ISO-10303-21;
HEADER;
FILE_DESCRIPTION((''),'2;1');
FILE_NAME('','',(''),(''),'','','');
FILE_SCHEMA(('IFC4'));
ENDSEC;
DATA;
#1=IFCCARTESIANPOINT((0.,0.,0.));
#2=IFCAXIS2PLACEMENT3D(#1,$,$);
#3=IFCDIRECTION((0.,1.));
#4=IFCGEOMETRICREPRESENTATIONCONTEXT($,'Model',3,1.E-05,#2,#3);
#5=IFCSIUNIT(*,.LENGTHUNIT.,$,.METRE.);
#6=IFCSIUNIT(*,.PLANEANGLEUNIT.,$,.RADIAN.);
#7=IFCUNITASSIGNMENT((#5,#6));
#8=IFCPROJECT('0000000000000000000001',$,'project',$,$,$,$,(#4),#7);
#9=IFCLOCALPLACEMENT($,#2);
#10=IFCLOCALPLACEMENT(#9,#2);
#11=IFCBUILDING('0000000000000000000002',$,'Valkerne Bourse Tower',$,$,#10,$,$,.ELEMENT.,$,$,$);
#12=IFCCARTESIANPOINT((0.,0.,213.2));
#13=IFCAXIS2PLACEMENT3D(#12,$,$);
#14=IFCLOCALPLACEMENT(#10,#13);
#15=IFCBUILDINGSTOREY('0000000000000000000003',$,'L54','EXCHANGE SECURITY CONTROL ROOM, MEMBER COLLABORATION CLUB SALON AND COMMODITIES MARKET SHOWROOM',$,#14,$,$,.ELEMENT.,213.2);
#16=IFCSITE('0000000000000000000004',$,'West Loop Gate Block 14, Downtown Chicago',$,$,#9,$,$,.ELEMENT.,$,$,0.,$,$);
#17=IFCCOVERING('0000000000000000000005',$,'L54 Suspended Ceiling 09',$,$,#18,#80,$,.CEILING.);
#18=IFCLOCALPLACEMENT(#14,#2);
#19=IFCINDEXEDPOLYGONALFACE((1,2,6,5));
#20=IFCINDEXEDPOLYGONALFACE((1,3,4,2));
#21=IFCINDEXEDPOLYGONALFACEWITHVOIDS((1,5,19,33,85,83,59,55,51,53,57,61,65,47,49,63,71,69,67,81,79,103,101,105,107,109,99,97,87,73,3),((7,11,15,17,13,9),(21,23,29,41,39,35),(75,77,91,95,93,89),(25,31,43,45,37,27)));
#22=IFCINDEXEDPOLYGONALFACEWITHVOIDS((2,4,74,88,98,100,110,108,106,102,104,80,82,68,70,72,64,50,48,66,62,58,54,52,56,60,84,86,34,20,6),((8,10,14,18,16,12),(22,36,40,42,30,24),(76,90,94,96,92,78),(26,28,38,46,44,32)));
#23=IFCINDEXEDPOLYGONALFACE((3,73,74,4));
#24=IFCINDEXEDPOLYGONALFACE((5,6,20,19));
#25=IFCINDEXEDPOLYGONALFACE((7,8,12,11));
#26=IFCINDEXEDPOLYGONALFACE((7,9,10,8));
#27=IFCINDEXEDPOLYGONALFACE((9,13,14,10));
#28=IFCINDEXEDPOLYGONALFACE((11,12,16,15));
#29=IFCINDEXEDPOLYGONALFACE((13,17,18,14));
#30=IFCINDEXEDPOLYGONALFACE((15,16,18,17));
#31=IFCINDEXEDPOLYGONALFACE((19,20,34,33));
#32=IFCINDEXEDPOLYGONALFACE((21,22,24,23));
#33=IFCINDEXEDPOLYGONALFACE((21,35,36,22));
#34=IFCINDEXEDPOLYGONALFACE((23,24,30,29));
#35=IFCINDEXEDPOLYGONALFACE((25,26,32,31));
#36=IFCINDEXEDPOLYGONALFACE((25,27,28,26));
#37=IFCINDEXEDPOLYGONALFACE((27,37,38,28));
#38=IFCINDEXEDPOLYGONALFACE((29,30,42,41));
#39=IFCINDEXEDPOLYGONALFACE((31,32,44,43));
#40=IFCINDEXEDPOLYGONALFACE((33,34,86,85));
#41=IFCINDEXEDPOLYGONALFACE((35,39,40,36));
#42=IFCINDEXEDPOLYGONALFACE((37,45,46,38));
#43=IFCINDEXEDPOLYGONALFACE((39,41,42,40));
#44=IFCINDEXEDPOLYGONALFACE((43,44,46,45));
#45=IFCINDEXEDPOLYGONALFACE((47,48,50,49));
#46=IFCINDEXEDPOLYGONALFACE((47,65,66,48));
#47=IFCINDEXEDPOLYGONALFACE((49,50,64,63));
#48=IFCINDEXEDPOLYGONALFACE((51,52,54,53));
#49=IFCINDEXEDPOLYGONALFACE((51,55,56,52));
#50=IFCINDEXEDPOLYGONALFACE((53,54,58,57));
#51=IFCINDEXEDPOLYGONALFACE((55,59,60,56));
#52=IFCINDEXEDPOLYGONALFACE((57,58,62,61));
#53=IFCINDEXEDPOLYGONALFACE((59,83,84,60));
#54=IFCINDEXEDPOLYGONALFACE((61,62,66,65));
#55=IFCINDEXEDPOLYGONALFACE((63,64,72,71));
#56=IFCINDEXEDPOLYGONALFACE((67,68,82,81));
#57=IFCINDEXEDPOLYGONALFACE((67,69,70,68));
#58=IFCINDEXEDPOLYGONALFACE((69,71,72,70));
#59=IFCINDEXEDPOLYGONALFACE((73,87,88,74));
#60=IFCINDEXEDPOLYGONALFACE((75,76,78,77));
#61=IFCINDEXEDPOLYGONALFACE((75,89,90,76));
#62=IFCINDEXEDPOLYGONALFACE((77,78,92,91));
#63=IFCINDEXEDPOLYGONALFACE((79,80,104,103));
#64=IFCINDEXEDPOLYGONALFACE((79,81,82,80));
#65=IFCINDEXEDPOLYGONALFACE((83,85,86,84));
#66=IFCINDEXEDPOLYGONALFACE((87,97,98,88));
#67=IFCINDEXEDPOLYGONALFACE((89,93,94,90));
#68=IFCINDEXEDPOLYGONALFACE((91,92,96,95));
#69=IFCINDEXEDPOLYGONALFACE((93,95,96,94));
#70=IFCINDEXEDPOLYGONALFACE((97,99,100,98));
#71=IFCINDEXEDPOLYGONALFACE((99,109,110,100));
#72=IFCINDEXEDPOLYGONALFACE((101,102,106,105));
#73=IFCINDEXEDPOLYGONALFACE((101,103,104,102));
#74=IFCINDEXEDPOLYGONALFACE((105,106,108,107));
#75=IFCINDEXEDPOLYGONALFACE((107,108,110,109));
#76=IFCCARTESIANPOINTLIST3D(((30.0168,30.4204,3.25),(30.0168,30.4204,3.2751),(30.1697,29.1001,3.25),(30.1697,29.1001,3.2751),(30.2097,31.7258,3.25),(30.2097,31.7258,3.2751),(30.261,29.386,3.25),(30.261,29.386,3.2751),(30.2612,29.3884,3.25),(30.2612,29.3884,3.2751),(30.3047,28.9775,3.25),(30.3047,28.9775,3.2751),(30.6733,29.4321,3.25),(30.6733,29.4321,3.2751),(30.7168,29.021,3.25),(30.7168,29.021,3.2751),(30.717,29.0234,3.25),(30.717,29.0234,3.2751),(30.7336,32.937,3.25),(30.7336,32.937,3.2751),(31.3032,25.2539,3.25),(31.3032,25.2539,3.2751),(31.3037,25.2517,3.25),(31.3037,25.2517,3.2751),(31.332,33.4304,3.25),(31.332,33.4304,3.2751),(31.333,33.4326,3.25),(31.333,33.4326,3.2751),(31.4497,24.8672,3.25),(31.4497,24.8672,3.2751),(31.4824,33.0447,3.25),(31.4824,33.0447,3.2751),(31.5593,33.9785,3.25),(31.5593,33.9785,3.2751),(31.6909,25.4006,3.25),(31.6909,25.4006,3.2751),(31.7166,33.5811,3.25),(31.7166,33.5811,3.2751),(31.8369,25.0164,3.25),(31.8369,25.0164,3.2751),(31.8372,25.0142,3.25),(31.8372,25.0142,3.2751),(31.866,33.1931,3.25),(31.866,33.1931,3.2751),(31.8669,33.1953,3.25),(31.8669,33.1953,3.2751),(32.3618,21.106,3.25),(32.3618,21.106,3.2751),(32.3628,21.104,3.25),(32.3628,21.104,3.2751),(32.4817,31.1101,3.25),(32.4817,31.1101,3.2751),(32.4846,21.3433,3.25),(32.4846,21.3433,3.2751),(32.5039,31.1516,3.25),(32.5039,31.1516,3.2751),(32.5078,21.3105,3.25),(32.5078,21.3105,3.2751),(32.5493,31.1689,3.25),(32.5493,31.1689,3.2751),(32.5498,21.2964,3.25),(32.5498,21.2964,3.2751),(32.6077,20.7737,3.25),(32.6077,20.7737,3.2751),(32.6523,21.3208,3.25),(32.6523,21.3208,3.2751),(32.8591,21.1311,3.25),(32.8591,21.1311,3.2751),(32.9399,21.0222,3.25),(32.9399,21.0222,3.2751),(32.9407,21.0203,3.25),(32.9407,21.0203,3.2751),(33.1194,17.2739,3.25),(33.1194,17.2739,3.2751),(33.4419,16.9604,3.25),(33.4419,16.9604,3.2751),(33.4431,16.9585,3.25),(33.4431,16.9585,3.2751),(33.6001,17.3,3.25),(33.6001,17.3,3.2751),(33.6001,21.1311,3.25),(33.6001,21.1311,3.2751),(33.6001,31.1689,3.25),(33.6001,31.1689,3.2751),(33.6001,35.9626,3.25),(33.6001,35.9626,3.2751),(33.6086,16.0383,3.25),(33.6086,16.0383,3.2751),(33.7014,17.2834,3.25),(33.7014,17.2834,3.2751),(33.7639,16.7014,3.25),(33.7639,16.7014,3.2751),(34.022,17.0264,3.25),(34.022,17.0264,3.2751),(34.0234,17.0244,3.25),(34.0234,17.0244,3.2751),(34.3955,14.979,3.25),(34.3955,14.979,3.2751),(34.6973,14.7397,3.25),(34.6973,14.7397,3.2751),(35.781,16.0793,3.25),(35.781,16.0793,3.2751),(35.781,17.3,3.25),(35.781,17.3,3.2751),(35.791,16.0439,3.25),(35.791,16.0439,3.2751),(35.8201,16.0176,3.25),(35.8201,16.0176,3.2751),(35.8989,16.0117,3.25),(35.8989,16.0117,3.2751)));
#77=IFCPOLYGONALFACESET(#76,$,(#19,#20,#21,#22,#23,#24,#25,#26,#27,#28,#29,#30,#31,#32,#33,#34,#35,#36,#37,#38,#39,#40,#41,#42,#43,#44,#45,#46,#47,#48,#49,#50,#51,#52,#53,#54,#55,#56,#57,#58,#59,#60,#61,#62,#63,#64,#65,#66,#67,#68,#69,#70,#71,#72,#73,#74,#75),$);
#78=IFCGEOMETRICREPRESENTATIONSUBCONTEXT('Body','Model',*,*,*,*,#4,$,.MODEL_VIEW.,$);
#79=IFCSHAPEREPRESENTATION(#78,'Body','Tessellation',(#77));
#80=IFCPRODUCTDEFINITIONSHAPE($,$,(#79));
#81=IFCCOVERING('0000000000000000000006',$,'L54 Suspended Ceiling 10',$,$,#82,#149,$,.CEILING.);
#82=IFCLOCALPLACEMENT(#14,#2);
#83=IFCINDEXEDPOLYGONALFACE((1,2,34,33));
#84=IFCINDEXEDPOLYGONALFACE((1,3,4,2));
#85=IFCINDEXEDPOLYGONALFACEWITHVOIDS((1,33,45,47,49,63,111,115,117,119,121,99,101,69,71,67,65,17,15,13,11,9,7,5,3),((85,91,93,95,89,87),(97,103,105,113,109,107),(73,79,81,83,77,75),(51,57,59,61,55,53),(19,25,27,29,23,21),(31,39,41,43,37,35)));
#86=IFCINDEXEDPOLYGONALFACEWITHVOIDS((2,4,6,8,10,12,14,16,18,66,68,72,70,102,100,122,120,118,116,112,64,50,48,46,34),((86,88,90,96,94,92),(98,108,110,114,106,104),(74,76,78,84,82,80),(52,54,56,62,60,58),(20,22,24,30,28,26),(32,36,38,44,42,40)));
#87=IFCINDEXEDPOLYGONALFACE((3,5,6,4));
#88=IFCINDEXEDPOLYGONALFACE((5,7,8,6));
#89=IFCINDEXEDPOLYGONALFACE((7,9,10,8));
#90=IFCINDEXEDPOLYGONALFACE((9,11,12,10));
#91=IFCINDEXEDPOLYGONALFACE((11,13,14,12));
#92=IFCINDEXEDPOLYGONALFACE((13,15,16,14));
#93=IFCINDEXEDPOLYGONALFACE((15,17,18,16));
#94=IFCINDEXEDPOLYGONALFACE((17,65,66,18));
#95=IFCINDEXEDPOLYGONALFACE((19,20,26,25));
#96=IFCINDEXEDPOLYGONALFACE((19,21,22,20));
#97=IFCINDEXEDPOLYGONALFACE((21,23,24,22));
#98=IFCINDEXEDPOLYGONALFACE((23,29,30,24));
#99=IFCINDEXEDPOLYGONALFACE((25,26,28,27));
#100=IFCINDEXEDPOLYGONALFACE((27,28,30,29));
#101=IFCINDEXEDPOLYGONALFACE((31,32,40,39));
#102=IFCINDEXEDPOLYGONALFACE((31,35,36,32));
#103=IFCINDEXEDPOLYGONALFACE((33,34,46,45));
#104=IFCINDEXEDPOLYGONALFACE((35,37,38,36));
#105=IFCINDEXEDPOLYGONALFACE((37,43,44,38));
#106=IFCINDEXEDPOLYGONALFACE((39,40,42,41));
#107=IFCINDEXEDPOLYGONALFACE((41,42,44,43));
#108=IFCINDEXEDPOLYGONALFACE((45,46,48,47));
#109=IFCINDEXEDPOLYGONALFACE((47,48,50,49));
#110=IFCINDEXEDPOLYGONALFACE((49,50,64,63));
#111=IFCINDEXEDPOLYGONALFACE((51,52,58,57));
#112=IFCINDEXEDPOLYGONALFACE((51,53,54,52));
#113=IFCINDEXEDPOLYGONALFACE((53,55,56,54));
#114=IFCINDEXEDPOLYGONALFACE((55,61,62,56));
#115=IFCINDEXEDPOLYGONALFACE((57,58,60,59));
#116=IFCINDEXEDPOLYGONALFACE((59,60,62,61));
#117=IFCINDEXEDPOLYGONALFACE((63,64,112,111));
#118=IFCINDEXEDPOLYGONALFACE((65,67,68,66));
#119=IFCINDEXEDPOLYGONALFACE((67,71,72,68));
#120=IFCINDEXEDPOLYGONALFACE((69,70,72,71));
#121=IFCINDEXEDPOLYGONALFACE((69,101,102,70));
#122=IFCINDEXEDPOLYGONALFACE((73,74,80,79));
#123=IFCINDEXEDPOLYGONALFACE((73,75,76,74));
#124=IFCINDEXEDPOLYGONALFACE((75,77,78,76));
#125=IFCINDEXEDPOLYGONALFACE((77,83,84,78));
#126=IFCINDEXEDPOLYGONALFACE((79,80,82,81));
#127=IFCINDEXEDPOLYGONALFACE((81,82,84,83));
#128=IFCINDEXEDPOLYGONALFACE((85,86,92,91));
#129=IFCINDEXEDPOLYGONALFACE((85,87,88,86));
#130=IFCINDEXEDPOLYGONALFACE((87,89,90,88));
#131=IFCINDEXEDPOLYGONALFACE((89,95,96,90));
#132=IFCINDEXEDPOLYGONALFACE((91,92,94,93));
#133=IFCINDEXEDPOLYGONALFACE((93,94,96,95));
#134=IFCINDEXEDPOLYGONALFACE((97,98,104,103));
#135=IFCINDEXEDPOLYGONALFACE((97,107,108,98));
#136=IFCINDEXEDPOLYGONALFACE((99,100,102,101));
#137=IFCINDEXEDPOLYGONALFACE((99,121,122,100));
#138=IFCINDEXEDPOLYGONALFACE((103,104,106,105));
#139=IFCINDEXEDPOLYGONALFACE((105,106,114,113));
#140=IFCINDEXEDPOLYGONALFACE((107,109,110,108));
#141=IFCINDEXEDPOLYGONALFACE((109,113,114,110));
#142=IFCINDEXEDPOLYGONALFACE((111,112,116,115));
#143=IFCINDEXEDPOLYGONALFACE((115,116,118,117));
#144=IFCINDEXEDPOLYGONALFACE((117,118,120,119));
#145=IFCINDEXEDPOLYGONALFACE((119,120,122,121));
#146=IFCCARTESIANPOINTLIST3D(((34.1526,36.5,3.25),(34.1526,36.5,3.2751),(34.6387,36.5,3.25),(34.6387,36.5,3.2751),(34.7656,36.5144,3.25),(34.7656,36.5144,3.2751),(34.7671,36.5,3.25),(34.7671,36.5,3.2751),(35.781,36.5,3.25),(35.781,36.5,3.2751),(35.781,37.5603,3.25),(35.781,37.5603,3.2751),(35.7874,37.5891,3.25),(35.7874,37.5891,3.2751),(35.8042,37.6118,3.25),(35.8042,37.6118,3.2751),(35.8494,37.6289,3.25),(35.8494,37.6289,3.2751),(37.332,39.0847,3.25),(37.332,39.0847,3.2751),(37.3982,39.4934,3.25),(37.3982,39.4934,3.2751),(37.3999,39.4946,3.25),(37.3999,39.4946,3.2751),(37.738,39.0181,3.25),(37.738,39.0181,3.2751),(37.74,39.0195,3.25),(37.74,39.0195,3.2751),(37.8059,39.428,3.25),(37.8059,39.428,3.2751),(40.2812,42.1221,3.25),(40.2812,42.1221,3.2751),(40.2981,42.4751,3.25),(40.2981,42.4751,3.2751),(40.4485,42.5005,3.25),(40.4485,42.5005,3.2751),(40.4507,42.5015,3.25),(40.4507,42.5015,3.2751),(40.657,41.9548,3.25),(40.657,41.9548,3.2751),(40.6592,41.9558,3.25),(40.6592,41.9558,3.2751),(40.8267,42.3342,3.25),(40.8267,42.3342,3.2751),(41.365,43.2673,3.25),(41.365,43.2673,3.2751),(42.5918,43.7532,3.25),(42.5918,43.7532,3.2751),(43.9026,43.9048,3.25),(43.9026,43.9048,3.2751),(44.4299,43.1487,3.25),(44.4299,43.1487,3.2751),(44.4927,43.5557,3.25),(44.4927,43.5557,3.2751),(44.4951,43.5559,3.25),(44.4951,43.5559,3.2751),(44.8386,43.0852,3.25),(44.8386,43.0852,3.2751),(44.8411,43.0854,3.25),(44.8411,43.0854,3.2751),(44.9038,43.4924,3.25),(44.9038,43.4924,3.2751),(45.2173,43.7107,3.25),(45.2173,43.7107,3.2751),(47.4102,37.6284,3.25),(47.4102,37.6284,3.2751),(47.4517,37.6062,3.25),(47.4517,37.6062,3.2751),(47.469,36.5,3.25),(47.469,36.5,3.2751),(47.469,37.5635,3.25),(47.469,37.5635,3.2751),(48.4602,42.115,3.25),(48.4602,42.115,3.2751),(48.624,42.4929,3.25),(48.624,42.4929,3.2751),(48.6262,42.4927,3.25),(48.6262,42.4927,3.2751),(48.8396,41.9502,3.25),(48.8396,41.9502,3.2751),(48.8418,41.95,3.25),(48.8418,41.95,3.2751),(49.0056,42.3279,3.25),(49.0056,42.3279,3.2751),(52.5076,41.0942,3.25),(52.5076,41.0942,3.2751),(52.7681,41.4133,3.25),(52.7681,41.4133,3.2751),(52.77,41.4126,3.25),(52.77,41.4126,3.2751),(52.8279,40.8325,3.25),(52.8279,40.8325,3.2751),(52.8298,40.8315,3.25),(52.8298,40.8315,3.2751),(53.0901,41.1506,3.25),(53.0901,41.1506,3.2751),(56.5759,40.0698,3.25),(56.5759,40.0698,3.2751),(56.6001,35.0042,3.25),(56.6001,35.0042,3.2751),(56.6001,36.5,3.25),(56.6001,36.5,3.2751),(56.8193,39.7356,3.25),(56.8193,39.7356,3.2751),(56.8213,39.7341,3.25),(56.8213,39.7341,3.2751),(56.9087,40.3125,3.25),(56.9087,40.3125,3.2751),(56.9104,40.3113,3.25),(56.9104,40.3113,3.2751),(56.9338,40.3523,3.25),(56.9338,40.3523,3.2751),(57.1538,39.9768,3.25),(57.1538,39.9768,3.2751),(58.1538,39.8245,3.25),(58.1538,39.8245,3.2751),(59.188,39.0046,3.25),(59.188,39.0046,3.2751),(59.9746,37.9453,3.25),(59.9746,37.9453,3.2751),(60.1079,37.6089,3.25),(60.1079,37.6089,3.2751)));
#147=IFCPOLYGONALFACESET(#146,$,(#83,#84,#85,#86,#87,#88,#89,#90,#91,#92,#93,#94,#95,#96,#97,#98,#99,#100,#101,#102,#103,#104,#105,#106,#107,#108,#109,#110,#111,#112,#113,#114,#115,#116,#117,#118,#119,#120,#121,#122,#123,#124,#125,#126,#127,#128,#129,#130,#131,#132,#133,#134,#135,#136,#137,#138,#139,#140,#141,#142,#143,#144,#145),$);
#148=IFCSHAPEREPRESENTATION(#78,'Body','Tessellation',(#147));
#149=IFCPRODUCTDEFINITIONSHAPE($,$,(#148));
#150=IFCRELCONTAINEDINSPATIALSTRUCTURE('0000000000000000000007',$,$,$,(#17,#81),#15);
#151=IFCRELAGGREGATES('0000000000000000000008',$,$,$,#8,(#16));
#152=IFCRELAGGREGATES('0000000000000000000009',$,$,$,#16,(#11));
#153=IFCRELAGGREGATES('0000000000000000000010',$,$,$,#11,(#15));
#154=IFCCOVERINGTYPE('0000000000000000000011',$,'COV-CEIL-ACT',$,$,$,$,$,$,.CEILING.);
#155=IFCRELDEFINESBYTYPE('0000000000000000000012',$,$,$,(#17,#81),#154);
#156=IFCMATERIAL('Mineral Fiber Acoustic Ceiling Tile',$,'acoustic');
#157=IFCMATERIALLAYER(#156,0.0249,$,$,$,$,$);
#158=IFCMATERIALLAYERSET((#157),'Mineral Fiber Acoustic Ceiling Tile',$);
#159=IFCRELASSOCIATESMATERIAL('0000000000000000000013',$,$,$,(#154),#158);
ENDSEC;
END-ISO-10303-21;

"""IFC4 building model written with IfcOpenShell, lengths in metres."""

from ifc_helpers import new_model, si_unit, direction, frame, origin, place, context, subcontext, project, spatial, polyline, outline, extrude, material, layer, layer_set, type_object, element, save


model = new_model("IFC4")

# Units and contexts
model_context = context("Model", 3, precision=1e-05, world=origin(), true_north=direction((0.0, 1.0)))
body_context = subcontext(model_context, "Body", "Model", "MODEL_VIEW")
ifc_project = project(units=[si_unit("LENGTHUNIT", "METRE"), si_unit("PLANEANGLEUNIT", "RADIAN")], contexts=[model_context])

# Site, building, storey
site_placement = place(None, origin())
site = spatial("IfcSite", under=ifc_project, at=site_placement, Name="West Loop Gate Block 14, Downtown Chicago", CompositionType="ELEMENT", RefElevation=0.0)
building_placement = place(site_placement, origin())
building = spatial("IfcBuilding", under=site, at=building_placement, Name="Valkerne Bourse Tower", CompositionType="ELEMENT")
storey_placement = place(building_placement, frame((0.0, 0.0, 213.2)))
storey = spatial("IfcBuildingStorey", under=building, at=storey_placement, Name="L54", Description="EXCHANGE SECURITY CONTROL ROOM, MEMBER COLLABORATION CLUB SALON AND COMMODITIES MARKET SHOWROOM", CompositionType="ELEMENT", Elevation=213.2)

# Coverings
ifc_material_1 = material(Name="Mineral Fiber Acoustic Ceiling Tile", Category="acoustic")
ifc_layer_1 = layer(ifc_material_1, 0.0249)
ifc_layer_set_1 = layer_set([ifc_layer_1], Name="Mineral Fiber Acoustic Ceiling Tile")
covering_type_1 = type_object("IfcCoveringType", Name="COV-CEIL-ACT", PredefinedType="CEILING", material=ifc_layer_set_1)
covering_1_placement = place(storey_placement, frame((0.0, 0.0, 3.25)))
element("IfcCovering", 1, at=covering_1_placement, inside=storey, type_object=covering_type_1, Name="L54 Suspended Ceiling 09", PredefinedType="CEILING", context=body_context, shape_type="SweptSolid", body=[
    extrude(outline(polyline([(33.1194, 17.2739), (30.1697, 29.1001), (30.0168, 30.4204), (30.2097, 31.7258), (30.7336, 32.937), (31.5593, 33.9785), (33.6001, 35.9626), (33.6001, 31.1689), (32.5493, 31.1689), (32.5039, 31.1516), (32.4817, 31.1101), (32.4846, 21.3433), (32.5078, 21.3105), (32.5498, 21.2964), (32.6523, 21.3208), (32.3618, 21.106), (32.3628, 21.104), (32.6077, 20.7737), (32.9407, 21.0203), (32.9399, 21.0222), (32.8591, 21.1311), (33.6001, 21.1311), (33.6001, 17.3), (35.781, 17.3), (35.781, 16.0793), (35.791, 16.0439), (35.8201, 16.0176), (35.8989, 16.0117), (34.6973, 14.7397), (34.3955, 14.979), (33.6086, 16.0383), (33.1194, 17.2739)]), holes=[polyline([(34.022, 17.0264), (33.7014, 17.2834), (33.4419, 16.9604), (33.4431, 16.9585), (33.7639, 16.7014), (34.0234, 17.0244), (34.022, 17.0264)]), polyline([(31.8369, 25.0164), (31.6909, 25.4006), (31.3032, 25.2539), (31.3037, 25.2517), (31.4497, 24.8672), (31.8372, 25.0142), (31.8369, 25.0164)]), polyline([(30.717, 29.0234), (30.6733, 29.4321), (30.2612, 29.3884), (30.261, 29.386), (30.3047, 28.9775), (30.7168, 29.021), (30.717, 29.0234)]), polyline([(31.8669, 33.1953), (31.7166, 33.5811), (31.333, 33.4326), (31.332, 33.4304), (31.4824, 33.0447), (31.866, 33.1931), (31.8669, 33.1953)])]), origin(), (0.0, 0.0, 1.0), 0.0251),
])
covering_2_placement = place(storey_placement, frame((0.0, 0.0, 3.25)))
element("IfcCovering", 2, at=covering_2_placement, inside=storey, type_object=covering_type_1, Name="L54 Suspended Ceiling 10", PredefinedType="CEILING", context=body_context, shape_type="SweptSolid", body=[
    extrude(outline(polyline([(40.2981, 42.4751), (41.365, 43.2673), (42.5918, 43.7532), (43.9026, 43.9048), (45.2173, 43.7107), (56.9338, 40.3523), (58.1538, 39.8245), (59.188, 39.0046), (59.9746, 37.9453), (60.1079, 37.6089), (56.6001, 35.0042), (56.6001, 36.5), (47.469, 36.5), (47.469, 37.5635), (47.4517, 37.6062), (47.4102, 37.6284), (35.8494, 37.6289), (35.8042, 37.6118), (35.7874, 37.5891), (35.781, 37.5603), (35.781, 36.5), (34.7671, 36.5), (34.7656, 36.5144), (34.6387, 36.5), (34.1526, 36.5), (40.2981, 42.4751)]), holes=[polyline([(37.74, 39.0195), (37.8059, 39.428), (37.3999, 39.4946), (37.3982, 39.4934), (37.332, 39.0847), (37.738, 39.0181), (37.74, 39.0195)]), polyline([(40.6592, 41.9558), (40.8267, 42.3342), (40.4507, 42.5015), (40.4485, 42.5005), (40.2812, 42.1221), (40.657, 41.9548), (40.6592, 41.9558)]), polyline([(44.9038, 43.4924), (44.4951, 43.5559), (44.4927, 43.5557), (44.4299, 43.1487), (44.8386, 43.0852), (44.8411, 43.0854), (44.9038, 43.4924)]), polyline([(56.9104, 40.3113), (56.9087, 40.3125), (56.5759, 40.0698), (56.8193, 39.7356), (56.8213, 39.7341), (57.1538, 39.9768), (56.9104, 40.3113)]), polyline([(52.77, 41.4126), (52.7681, 41.4133), (52.5076, 41.0942), (52.8279, 40.8325), (52.8298, 40.8315), (53.0901, 41.1506), (52.77, 41.4126)]), polyline([(49.0056, 42.3279), (48.6262, 42.4927), (48.624, 42.4929), (48.4602, 42.115), (48.8396, 41.9502), (48.8418, 41.95), (49.0056, 42.3279)])]), origin(), (0.0, 0.0, 1.0), 0.0251),
])

save(model, "model.ifc")
